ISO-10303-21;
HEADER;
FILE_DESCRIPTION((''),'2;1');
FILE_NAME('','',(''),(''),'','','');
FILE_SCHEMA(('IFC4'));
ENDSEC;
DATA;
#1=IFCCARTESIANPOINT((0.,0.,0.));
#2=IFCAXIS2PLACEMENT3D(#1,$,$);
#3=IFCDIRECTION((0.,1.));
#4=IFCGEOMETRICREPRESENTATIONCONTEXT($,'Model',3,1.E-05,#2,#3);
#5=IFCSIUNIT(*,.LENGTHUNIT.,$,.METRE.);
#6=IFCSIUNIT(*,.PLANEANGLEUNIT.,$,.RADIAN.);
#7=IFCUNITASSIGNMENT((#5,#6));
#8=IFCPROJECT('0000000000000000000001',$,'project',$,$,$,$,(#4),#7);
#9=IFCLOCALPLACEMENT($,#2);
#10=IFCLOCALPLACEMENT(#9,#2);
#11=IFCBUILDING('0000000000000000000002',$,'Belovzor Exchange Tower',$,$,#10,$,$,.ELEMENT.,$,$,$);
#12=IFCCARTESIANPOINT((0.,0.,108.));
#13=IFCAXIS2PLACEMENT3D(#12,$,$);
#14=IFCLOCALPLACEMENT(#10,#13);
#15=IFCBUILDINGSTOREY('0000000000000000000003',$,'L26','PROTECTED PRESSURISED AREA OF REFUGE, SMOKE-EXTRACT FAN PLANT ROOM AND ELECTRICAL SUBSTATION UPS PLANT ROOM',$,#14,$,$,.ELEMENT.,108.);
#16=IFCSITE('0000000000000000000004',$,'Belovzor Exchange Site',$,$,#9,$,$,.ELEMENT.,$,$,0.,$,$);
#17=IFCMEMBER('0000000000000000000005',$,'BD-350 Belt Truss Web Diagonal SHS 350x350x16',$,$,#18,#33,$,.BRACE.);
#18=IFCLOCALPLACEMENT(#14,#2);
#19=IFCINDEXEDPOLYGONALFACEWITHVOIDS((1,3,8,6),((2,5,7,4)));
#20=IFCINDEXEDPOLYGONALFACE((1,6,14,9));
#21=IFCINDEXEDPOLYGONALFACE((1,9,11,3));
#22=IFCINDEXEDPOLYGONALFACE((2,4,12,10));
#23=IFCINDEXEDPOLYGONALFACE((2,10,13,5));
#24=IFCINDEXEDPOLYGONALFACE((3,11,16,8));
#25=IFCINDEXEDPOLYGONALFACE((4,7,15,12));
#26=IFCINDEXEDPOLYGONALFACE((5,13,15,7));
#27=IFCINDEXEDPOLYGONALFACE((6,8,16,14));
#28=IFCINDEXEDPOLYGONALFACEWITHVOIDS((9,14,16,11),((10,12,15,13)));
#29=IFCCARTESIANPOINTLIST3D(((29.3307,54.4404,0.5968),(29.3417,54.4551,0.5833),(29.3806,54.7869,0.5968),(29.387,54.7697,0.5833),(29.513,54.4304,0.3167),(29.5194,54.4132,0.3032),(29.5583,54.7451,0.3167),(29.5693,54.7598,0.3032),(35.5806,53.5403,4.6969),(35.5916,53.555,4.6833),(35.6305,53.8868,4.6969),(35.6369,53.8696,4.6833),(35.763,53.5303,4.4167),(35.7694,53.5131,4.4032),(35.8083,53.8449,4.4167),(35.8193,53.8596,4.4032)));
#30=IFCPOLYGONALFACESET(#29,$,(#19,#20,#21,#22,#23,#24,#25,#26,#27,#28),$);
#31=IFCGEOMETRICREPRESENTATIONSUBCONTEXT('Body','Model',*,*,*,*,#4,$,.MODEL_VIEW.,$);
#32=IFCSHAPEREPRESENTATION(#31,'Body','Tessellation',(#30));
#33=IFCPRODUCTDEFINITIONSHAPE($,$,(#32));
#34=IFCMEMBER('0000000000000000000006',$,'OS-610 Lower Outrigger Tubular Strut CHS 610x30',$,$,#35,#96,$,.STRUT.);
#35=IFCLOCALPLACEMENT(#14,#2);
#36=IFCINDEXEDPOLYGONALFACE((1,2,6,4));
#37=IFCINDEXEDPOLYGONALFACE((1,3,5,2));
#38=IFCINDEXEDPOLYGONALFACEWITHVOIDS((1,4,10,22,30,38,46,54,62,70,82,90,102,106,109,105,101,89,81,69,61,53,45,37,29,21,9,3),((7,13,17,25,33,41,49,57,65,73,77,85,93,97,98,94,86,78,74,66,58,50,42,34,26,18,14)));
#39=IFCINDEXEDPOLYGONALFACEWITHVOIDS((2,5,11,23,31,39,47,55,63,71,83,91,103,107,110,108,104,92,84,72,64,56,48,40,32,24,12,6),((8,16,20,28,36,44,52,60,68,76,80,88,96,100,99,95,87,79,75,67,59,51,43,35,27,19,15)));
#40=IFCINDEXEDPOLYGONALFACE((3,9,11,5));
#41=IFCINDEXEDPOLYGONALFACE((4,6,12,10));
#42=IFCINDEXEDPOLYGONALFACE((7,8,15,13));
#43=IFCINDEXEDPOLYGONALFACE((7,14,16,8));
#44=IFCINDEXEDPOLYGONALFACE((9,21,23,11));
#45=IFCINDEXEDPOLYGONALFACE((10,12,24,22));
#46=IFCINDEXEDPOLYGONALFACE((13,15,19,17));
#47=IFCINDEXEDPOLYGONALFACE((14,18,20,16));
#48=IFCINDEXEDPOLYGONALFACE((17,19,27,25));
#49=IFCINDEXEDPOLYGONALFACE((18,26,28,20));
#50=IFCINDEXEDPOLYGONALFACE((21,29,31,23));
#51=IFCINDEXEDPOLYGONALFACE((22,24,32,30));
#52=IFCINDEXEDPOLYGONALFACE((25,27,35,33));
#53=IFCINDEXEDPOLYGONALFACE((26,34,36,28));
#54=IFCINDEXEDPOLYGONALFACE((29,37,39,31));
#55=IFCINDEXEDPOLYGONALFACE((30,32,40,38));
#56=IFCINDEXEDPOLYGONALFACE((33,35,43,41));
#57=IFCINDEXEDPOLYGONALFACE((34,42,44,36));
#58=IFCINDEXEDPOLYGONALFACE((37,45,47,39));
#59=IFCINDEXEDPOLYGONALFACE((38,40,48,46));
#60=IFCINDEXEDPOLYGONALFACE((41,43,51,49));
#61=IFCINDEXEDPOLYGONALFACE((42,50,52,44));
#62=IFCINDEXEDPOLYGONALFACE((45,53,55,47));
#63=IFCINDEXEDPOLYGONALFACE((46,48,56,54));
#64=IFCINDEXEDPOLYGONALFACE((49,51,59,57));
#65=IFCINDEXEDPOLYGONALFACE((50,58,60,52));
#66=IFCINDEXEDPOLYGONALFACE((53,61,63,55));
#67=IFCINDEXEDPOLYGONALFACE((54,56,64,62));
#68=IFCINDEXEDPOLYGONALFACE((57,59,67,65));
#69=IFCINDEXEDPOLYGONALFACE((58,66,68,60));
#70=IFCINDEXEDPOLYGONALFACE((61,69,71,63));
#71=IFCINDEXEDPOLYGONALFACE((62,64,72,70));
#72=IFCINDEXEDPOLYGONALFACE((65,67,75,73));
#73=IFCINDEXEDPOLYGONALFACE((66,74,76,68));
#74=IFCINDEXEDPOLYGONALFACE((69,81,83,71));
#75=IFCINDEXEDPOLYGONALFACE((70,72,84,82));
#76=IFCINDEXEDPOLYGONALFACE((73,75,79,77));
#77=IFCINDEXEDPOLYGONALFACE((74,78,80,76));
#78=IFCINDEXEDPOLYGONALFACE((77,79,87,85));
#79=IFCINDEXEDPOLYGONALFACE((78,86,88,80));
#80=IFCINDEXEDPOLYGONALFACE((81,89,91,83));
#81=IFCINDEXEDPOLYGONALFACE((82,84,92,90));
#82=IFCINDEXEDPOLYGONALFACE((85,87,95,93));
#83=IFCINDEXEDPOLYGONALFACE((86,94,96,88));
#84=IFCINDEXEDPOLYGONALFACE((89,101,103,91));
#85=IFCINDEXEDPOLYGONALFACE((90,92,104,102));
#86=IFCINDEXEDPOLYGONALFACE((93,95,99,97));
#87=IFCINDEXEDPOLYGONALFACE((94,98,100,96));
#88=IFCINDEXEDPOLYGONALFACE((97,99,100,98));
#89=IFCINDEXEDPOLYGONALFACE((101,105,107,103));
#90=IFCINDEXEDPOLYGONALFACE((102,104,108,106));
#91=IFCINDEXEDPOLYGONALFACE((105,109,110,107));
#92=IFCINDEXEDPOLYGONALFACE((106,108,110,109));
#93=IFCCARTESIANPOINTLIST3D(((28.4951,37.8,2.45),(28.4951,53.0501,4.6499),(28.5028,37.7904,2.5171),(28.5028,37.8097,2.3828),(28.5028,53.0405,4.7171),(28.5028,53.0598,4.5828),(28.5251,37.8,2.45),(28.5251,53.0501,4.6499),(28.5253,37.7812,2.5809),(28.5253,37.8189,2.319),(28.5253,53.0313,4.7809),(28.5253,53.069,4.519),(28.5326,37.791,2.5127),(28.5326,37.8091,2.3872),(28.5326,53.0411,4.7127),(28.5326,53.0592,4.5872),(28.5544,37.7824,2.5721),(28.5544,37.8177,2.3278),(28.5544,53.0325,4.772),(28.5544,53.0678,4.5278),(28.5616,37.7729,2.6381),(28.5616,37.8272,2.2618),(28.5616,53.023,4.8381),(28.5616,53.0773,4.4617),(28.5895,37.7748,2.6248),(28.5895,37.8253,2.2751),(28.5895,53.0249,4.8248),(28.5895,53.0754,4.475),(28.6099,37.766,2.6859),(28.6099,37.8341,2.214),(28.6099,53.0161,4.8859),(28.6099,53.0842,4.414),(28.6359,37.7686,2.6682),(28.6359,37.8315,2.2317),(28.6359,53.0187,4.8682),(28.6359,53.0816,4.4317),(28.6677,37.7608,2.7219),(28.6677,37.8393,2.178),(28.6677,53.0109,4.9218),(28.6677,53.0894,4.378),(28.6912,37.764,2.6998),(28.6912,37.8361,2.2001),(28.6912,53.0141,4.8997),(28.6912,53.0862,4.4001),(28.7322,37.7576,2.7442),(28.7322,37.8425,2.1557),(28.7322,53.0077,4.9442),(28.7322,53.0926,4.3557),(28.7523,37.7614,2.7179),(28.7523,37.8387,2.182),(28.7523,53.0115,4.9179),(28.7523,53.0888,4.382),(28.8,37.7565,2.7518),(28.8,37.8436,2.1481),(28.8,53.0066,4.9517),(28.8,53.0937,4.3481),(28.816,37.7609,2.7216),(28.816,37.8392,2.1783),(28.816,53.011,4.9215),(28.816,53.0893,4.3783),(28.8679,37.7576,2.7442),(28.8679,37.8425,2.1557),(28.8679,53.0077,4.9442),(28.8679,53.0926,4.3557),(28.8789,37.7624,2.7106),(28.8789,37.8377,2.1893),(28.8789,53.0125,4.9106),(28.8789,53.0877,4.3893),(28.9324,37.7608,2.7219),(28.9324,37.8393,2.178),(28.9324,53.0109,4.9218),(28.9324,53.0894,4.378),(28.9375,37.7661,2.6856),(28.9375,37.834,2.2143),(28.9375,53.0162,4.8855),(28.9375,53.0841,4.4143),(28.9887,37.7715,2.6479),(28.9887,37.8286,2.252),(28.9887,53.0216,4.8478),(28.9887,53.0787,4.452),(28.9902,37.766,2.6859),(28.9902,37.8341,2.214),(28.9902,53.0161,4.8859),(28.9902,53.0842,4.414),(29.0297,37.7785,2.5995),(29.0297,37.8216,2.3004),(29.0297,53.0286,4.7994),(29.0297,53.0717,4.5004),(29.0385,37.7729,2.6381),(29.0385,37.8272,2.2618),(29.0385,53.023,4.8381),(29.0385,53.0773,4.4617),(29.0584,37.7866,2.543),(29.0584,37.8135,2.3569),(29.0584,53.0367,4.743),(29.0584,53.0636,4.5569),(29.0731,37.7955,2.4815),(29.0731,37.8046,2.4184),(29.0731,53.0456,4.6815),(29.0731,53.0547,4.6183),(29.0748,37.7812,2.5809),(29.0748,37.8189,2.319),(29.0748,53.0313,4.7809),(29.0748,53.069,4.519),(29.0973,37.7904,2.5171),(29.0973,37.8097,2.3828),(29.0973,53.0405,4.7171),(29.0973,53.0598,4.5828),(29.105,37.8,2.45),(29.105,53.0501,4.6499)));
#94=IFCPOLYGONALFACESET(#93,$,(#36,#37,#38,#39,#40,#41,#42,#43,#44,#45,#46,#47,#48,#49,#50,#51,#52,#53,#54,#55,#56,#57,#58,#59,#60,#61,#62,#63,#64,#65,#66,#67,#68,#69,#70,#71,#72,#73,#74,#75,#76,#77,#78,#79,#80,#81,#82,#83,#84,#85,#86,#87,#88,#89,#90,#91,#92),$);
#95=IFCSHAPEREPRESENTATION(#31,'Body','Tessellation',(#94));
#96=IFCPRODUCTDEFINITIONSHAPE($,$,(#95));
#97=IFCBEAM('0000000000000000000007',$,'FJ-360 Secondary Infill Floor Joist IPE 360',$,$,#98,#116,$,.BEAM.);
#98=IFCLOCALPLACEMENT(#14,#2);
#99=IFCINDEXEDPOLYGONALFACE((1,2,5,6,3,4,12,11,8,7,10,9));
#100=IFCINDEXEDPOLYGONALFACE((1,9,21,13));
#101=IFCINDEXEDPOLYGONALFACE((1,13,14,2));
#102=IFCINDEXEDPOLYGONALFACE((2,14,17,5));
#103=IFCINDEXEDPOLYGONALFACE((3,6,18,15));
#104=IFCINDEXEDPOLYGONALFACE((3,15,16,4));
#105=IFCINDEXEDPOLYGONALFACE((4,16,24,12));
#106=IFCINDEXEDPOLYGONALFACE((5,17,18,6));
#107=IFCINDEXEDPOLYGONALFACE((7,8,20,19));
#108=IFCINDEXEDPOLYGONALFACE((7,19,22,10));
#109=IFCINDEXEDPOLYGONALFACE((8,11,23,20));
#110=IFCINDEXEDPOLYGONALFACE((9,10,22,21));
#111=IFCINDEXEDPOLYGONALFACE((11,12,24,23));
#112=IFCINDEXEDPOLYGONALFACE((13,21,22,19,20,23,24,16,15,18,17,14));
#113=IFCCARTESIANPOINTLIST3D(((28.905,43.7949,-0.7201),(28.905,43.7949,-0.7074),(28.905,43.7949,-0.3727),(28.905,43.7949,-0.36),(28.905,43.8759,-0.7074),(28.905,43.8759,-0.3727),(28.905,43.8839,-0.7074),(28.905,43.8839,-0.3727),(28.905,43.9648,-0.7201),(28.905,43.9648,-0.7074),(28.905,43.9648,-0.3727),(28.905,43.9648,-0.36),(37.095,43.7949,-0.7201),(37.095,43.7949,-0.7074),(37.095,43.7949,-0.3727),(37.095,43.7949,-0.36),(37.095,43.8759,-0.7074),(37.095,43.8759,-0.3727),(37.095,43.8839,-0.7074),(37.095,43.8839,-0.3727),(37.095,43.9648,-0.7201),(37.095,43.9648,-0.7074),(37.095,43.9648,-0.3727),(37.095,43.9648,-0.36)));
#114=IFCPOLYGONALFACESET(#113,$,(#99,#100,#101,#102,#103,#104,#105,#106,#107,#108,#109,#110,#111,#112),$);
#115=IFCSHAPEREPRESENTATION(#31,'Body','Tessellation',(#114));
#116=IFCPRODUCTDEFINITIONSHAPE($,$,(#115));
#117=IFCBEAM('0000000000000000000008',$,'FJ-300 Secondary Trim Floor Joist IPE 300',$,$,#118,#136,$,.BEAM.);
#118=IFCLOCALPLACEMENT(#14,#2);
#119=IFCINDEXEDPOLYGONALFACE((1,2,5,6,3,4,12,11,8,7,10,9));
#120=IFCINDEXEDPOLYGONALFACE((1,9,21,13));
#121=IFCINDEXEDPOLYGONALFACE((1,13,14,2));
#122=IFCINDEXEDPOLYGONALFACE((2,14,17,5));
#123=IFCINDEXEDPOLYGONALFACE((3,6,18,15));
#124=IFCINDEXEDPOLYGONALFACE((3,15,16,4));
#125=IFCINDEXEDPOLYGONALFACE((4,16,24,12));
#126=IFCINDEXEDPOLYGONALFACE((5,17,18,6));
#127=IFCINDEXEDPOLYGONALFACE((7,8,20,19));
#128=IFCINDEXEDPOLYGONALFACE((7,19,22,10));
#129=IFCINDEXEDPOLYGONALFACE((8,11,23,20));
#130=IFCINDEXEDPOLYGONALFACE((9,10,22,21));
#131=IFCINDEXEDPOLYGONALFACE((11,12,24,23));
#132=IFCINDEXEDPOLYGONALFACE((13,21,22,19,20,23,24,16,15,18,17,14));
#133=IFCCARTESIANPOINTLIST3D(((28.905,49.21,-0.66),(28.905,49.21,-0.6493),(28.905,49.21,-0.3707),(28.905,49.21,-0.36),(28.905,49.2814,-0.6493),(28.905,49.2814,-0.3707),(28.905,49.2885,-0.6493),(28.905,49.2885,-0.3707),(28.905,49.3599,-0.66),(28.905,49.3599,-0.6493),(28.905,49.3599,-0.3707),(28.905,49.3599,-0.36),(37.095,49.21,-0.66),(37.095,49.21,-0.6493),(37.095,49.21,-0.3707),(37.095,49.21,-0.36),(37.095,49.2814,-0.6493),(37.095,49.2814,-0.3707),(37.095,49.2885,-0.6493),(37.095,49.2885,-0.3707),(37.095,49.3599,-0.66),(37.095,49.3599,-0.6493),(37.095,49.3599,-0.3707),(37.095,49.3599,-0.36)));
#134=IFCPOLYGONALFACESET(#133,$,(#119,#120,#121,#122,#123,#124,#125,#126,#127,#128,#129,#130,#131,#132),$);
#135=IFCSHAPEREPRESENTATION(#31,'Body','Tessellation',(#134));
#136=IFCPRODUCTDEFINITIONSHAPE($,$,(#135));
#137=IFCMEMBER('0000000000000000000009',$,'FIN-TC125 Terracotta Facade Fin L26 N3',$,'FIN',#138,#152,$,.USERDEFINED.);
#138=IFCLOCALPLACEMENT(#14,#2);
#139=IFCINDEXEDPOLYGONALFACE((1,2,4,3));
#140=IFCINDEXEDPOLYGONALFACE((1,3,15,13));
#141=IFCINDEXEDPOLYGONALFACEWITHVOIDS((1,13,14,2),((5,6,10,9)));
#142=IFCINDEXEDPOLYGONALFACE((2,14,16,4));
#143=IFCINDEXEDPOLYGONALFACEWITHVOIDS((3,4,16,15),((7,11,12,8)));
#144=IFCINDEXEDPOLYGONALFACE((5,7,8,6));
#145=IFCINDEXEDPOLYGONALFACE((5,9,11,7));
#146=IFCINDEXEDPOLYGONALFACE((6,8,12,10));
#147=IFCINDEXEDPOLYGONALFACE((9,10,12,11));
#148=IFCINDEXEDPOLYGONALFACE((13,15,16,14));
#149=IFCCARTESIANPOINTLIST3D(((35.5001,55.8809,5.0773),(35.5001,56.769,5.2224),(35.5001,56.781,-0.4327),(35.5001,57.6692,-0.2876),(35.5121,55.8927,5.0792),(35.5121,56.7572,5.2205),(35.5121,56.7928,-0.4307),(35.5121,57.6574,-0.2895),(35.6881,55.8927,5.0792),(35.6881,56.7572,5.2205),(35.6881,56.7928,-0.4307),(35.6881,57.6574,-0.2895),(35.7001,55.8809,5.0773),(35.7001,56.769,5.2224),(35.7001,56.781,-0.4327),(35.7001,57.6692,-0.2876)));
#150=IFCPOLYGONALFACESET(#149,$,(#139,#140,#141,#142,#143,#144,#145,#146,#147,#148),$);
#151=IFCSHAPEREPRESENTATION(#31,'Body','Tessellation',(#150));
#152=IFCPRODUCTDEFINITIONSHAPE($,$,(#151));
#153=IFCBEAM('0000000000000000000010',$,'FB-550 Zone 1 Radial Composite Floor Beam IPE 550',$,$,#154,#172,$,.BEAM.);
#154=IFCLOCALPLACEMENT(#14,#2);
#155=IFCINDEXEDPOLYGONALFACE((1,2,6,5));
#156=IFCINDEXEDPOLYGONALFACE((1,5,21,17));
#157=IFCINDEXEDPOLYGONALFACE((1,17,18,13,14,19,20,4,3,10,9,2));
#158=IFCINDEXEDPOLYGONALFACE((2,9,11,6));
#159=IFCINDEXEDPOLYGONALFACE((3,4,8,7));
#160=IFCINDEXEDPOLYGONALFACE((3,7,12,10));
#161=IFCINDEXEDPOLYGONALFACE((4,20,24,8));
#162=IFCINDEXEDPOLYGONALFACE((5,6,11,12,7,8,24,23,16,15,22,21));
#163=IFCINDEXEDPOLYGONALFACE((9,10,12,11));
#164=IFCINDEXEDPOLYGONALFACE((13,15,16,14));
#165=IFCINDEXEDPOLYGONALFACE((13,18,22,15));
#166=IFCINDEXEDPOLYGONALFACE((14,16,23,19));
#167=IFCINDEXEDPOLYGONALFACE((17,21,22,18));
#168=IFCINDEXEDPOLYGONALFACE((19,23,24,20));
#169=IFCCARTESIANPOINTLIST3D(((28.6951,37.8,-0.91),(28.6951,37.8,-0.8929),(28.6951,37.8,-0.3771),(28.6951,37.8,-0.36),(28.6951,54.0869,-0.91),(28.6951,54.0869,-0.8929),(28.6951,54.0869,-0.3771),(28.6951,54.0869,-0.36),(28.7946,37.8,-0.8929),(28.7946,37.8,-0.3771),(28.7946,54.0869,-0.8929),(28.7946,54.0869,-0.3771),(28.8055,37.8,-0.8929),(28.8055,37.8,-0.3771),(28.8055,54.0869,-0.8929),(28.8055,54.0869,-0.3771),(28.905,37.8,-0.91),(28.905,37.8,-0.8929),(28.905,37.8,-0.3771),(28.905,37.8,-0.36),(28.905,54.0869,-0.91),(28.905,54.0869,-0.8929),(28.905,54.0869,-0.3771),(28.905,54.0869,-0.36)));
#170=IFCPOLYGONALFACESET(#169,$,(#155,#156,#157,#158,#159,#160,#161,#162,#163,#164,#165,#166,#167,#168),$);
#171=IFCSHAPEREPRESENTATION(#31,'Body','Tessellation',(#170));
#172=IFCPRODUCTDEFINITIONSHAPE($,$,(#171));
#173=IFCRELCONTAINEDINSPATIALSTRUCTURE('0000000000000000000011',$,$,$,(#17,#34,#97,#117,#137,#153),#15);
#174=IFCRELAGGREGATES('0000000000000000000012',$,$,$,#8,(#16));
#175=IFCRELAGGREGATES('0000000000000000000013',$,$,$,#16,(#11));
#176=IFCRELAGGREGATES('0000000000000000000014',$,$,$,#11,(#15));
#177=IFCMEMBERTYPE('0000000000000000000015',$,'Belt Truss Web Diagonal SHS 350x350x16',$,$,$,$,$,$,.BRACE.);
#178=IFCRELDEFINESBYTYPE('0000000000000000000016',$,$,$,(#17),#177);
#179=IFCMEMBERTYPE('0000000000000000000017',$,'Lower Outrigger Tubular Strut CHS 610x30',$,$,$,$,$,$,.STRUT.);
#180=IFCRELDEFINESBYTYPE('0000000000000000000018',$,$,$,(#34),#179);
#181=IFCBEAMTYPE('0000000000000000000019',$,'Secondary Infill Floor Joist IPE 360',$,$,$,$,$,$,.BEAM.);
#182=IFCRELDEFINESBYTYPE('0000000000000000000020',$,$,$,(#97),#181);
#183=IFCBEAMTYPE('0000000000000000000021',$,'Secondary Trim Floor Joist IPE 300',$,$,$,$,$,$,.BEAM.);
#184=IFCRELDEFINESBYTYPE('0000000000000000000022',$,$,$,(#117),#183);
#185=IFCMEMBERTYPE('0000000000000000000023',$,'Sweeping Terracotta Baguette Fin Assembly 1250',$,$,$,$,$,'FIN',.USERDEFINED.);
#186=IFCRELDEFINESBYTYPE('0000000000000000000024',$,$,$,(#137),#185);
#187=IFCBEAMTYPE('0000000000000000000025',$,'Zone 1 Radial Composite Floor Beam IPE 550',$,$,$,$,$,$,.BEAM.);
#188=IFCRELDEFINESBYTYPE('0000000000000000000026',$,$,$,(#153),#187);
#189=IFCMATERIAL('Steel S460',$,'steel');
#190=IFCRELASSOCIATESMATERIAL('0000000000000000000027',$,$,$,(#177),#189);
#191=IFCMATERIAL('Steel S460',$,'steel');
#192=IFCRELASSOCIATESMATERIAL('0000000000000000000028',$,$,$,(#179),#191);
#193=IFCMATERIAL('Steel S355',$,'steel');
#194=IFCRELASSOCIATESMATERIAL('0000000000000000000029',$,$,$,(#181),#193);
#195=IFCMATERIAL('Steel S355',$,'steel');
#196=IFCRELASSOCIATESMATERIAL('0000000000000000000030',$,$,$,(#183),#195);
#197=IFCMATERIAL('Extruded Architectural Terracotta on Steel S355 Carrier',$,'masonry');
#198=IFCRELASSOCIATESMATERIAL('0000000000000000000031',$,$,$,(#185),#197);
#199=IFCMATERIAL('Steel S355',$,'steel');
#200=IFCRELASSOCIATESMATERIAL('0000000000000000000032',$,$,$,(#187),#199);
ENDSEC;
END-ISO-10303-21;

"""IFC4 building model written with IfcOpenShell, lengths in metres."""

from ifc_helpers import new_model, si_unit, direction, frame, origin, origin_2d, place, context, subcontext, project, spatial, hollow_rectangle, hollow_circle, i_section, extrude, material, material_profile, profile_set, type_object, element, save


model = new_model("IFC4")

# Units and contexts
model_context = context("Model", 3, precision=1e-05, world=origin(), true_north=direction((0.0, 1.0)))
body_context = subcontext(model_context, "Body", "Model", "MODEL_VIEW")
ifc_project = project(units=[si_unit("LENGTHUNIT", "METRE"), si_unit("PLANEANGLEUNIT", "RADIAN")], contexts=[model_context])

# Site, building, storey
site_placement = place(None, origin())
site = spatial("IfcSite", under=ifc_project, at=site_placement, Name="Belovzor Exchange Site", CompositionType="ELEMENT", RefElevation=0.0)
building_placement = place(site_placement, origin())
building = spatial("IfcBuilding", under=site, at=building_placement, Name="Belovzor Exchange Tower", CompositionType="ELEMENT")
storey_placement = place(building_placement, frame((0.0, 0.0, 108.0)))
storey = spatial("IfcBuildingStorey", under=building, at=storey_placement, Name="L26", Description="PROTECTED PRESSURISED AREA OF REFUGE, SMOKE-EXTRACT FAN PLANT ROOM AND ELECTRICAL SUBSTATION UPS PLANT ROOM", CompositionType="ELEMENT", Elevation=108.0)

# Members
ifc_material_1 = material(Name="Steel S460", Category="steel")
ifc_material_profile_1 = material_profile(ifc_material_1, hollow_rectangle(XDim=0.3501, YDim=0.3501, WallThickness=0.0161, at=origin_2d()))
ifc_profile_set_1 = profile_set([ifc_material_profile_1], Name="Steel S460")
member_type_1 = type_object("IfcMemberType", Name="Belt Truss Web Diagonal SHS 350x350x16", PredefinedType="BRACE", material=ifc_profile_set_1)
member_1_placement = place(storey_placement, frame((35.7, 53.7, 4.55), z_axis=(-0.83014, 0.11956, -0.544585), x_axis=(-0.142553, -0.989787, 0.0)))
element("IfcMember", 1, at=member_1_placement, inside=storey, type_object=member_type_1, Name="BD-350 Belt Truss Web Diagonal SHS 350x350x16", PredefinedType="BRACE", context=body_context, shape_type="SweptSolid", body=[
    extrude(hollow_rectangle(XDim=0.3501, YDim=0.3501, WallThickness=0.0161, at=origin_2d()), origin(), (0.0, 0.0, 1.0), 7.5288),
])
ifc_material_2 = material(Name="Steel S460", Category="steel")
ifc_material_profile_2 = material_profile(ifc_material_2, hollow_circle(Radius=0.3049, WallThickness=0.03, at=origin_2d()))
ifc_profile_set_2 = profile_set([ifc_material_profile_2], Name="Steel S460")
member_type_2 = type_object("IfcMemberType", Name="Lower Outrigger Tubular Strut CHS 610x30", PredefinedType="STRUT", material=ifc_profile_set_2)
member_2_placement = place(storey_placement, frame((28.8, 37.8, 2.45), z_axis=(0.0, 0.989754, 0.142781), x_axis=(-1.0, 0.0, 0.0)))
element("IfcMember", 2, at=member_2_placement, inside=storey, type_object=member_type_2, Name="OS-610 Lower Outrigger Tubular Strut CHS 610x30", PredefinedType="STRUT", context=body_context, shape_type="SweptSolid", body=[
    extrude(hollow_circle(Radius=0.3049, WallThickness=0.03, at=origin_2d()), origin(), (0.0, 0.0, 1.0), 15.408),
])

# Beams
ifc_material_3 = material(Name="Steel S355", Category="steel")
ifc_material_profile_3 = material_profile(ifc_material_3, i_section(OverallWidth=0.1699, OverallDepth=0.3601, WebThickness=0.0081, FlangeThickness=0.0127, at=origin_2d()))
ifc_profile_set_3 = profile_set([ifc_material_profile_3], Name="Steel S355")
beam_type_1 = type_object("IfcBeamType", Name="Secondary Infill Floor Joist IPE 360", PredefinedType="BEAM", material=ifc_profile_set_3)
beam_1_placement = place(storey_placement, frame((28.905, 43.8799, -0.54), z_axis=(1.0, 0.0, 0.0), x_axis=(0.0, 1.0, 0.0)))
element("IfcBeam", 3, at=beam_1_placement, inside=storey, type_object=beam_type_1, Name="FJ-360 Secondary Infill Floor Joist IPE 360", PredefinedType="BEAM", context=body_context, shape_type="SweptSolid", body=[
    extrude(i_section(OverallWidth=0.1699, OverallDepth=0.3601, WebThickness=0.0081, FlangeThickness=0.0127, at=origin_2d()), origin(), (0.0, 0.0, 1.0), 8.1899),
])
ifc_material_4 = material(Name="Steel S355", Category="steel")
ifc_material_profile_4 = material_profile(ifc_material_4, i_section(OverallWidth=0.1499, OverallDepth=0.3, WebThickness=0.0071, FlangeThickness=0.0107, at=origin_2d()))
ifc_profile_set_4 = profile_set([ifc_material_profile_4], Name="Steel S355")
beam_type_2 = type_object("IfcBeamType", Name="Secondary Trim Floor Joist IPE 300", PredefinedType="BEAM", material=ifc_profile_set_4)
beam_2_placement = place(storey_placement, frame((28.905, 49.2849, -0.51), z_axis=(1.0, 0.0, 0.0), x_axis=(0.0, 1.0, 0.0)))
element("IfcBeam", 4, at=beam_2_placement, inside=storey, type_object=beam_type_2, Name="FJ-300 Secondary Trim Floor Joist IPE 300", PredefinedType="BEAM", context=body_context, shape_type="SweptSolid", body=[
    extrude(i_section(OverallWidth=0.1499, OverallDepth=0.3, WebThickness=0.0071, FlangeThickness=0.0107, at=origin_2d()), origin(), (0.0, 0.0, 1.0), 8.1899),
])

# Member
ifc_material_5 = material(Name="Extruded Architectural Terracotta on Steel S355 Carrier", Category="masonry")
ifc_material_profile_5 = material_profile(ifc_material_5, hollow_rectangle(XDim=0.2, YDim=0.8999, WallThickness=0.012, at=origin_2d()))
ifc_profile_set_5 = profile_set([ifc_material_profile_5], Name="Extruded Architectural Terracotta on Steel S355 Carrier")
member_type_3 = type_object("IfcMemberType", Name="Sweeping Terracotta Baguette Fin Assembly 1250", ElementType="FIN", PredefinedType="USERDEFINED", material=ifc_profile_set_5)
member_3_placement = place(storey_placement, frame((35.6001, 57.2251, -0.3601), z_axis=(0.0, -0.161228, 0.986917), x_axis=(1.0, 0.0, 0.0)))
element("IfcMember", 5, at=member_3_placement, inside=storey, type_object=member_type_3, Name="FIN-TC125 Terracotta Facade Fin L26 N3", ObjectType="FIN", PredefinedType="USERDEFINED", context=body_context, shape_type="SweptSolid", body=[
    extrude(hollow_rectangle(XDim=0.2, YDim=0.8999, WallThickness=0.012, at=origin_2d()), origin(), (0.0, 0.0, 1.0), 5.583),
])

# Beam
ifc_material_6 = material(Name="Steel S355", Category="steel")
ifc_material_profile_6 = material_profile(ifc_material_6, i_section(OverallWidth=0.21, OverallDepth=0.55, WebThickness=0.011, FlangeThickness=0.0171, at=origin_2d()))
ifc_profile_set_6 = profile_set([ifc_material_profile_6], Name="Steel S355")
beam_type_3 = type_object("IfcBeamType", Name="Zone 1 Radial Composite Floor Beam IPE 550", PredefinedType="BEAM", material=ifc_profile_set_6)
beam_3_placement = place(storey_placement, frame((28.8, 37.8, -0.635), z_axis=(0.0, 1.0, 0.0), x_axis=(-1.0, 0.0, 0.0)))
element("IfcBeam", 6, at=beam_3_placement, inside=storey, type_object=beam_type_3, Name="FB-550 Zone 1 Radial Composite Floor Beam IPE 550", PredefinedType="BEAM", context=body_context, shape_type="SweptSolid", body=[
    extrude(i_section(OverallWidth=0.21, OverallDepth=0.55, WebThickness=0.011, FlangeThickness=0.0171, at=origin_2d()), origin(), (0.0, 0.0, 1.0), 16.2869),
])

save(model, "model.ifc")
